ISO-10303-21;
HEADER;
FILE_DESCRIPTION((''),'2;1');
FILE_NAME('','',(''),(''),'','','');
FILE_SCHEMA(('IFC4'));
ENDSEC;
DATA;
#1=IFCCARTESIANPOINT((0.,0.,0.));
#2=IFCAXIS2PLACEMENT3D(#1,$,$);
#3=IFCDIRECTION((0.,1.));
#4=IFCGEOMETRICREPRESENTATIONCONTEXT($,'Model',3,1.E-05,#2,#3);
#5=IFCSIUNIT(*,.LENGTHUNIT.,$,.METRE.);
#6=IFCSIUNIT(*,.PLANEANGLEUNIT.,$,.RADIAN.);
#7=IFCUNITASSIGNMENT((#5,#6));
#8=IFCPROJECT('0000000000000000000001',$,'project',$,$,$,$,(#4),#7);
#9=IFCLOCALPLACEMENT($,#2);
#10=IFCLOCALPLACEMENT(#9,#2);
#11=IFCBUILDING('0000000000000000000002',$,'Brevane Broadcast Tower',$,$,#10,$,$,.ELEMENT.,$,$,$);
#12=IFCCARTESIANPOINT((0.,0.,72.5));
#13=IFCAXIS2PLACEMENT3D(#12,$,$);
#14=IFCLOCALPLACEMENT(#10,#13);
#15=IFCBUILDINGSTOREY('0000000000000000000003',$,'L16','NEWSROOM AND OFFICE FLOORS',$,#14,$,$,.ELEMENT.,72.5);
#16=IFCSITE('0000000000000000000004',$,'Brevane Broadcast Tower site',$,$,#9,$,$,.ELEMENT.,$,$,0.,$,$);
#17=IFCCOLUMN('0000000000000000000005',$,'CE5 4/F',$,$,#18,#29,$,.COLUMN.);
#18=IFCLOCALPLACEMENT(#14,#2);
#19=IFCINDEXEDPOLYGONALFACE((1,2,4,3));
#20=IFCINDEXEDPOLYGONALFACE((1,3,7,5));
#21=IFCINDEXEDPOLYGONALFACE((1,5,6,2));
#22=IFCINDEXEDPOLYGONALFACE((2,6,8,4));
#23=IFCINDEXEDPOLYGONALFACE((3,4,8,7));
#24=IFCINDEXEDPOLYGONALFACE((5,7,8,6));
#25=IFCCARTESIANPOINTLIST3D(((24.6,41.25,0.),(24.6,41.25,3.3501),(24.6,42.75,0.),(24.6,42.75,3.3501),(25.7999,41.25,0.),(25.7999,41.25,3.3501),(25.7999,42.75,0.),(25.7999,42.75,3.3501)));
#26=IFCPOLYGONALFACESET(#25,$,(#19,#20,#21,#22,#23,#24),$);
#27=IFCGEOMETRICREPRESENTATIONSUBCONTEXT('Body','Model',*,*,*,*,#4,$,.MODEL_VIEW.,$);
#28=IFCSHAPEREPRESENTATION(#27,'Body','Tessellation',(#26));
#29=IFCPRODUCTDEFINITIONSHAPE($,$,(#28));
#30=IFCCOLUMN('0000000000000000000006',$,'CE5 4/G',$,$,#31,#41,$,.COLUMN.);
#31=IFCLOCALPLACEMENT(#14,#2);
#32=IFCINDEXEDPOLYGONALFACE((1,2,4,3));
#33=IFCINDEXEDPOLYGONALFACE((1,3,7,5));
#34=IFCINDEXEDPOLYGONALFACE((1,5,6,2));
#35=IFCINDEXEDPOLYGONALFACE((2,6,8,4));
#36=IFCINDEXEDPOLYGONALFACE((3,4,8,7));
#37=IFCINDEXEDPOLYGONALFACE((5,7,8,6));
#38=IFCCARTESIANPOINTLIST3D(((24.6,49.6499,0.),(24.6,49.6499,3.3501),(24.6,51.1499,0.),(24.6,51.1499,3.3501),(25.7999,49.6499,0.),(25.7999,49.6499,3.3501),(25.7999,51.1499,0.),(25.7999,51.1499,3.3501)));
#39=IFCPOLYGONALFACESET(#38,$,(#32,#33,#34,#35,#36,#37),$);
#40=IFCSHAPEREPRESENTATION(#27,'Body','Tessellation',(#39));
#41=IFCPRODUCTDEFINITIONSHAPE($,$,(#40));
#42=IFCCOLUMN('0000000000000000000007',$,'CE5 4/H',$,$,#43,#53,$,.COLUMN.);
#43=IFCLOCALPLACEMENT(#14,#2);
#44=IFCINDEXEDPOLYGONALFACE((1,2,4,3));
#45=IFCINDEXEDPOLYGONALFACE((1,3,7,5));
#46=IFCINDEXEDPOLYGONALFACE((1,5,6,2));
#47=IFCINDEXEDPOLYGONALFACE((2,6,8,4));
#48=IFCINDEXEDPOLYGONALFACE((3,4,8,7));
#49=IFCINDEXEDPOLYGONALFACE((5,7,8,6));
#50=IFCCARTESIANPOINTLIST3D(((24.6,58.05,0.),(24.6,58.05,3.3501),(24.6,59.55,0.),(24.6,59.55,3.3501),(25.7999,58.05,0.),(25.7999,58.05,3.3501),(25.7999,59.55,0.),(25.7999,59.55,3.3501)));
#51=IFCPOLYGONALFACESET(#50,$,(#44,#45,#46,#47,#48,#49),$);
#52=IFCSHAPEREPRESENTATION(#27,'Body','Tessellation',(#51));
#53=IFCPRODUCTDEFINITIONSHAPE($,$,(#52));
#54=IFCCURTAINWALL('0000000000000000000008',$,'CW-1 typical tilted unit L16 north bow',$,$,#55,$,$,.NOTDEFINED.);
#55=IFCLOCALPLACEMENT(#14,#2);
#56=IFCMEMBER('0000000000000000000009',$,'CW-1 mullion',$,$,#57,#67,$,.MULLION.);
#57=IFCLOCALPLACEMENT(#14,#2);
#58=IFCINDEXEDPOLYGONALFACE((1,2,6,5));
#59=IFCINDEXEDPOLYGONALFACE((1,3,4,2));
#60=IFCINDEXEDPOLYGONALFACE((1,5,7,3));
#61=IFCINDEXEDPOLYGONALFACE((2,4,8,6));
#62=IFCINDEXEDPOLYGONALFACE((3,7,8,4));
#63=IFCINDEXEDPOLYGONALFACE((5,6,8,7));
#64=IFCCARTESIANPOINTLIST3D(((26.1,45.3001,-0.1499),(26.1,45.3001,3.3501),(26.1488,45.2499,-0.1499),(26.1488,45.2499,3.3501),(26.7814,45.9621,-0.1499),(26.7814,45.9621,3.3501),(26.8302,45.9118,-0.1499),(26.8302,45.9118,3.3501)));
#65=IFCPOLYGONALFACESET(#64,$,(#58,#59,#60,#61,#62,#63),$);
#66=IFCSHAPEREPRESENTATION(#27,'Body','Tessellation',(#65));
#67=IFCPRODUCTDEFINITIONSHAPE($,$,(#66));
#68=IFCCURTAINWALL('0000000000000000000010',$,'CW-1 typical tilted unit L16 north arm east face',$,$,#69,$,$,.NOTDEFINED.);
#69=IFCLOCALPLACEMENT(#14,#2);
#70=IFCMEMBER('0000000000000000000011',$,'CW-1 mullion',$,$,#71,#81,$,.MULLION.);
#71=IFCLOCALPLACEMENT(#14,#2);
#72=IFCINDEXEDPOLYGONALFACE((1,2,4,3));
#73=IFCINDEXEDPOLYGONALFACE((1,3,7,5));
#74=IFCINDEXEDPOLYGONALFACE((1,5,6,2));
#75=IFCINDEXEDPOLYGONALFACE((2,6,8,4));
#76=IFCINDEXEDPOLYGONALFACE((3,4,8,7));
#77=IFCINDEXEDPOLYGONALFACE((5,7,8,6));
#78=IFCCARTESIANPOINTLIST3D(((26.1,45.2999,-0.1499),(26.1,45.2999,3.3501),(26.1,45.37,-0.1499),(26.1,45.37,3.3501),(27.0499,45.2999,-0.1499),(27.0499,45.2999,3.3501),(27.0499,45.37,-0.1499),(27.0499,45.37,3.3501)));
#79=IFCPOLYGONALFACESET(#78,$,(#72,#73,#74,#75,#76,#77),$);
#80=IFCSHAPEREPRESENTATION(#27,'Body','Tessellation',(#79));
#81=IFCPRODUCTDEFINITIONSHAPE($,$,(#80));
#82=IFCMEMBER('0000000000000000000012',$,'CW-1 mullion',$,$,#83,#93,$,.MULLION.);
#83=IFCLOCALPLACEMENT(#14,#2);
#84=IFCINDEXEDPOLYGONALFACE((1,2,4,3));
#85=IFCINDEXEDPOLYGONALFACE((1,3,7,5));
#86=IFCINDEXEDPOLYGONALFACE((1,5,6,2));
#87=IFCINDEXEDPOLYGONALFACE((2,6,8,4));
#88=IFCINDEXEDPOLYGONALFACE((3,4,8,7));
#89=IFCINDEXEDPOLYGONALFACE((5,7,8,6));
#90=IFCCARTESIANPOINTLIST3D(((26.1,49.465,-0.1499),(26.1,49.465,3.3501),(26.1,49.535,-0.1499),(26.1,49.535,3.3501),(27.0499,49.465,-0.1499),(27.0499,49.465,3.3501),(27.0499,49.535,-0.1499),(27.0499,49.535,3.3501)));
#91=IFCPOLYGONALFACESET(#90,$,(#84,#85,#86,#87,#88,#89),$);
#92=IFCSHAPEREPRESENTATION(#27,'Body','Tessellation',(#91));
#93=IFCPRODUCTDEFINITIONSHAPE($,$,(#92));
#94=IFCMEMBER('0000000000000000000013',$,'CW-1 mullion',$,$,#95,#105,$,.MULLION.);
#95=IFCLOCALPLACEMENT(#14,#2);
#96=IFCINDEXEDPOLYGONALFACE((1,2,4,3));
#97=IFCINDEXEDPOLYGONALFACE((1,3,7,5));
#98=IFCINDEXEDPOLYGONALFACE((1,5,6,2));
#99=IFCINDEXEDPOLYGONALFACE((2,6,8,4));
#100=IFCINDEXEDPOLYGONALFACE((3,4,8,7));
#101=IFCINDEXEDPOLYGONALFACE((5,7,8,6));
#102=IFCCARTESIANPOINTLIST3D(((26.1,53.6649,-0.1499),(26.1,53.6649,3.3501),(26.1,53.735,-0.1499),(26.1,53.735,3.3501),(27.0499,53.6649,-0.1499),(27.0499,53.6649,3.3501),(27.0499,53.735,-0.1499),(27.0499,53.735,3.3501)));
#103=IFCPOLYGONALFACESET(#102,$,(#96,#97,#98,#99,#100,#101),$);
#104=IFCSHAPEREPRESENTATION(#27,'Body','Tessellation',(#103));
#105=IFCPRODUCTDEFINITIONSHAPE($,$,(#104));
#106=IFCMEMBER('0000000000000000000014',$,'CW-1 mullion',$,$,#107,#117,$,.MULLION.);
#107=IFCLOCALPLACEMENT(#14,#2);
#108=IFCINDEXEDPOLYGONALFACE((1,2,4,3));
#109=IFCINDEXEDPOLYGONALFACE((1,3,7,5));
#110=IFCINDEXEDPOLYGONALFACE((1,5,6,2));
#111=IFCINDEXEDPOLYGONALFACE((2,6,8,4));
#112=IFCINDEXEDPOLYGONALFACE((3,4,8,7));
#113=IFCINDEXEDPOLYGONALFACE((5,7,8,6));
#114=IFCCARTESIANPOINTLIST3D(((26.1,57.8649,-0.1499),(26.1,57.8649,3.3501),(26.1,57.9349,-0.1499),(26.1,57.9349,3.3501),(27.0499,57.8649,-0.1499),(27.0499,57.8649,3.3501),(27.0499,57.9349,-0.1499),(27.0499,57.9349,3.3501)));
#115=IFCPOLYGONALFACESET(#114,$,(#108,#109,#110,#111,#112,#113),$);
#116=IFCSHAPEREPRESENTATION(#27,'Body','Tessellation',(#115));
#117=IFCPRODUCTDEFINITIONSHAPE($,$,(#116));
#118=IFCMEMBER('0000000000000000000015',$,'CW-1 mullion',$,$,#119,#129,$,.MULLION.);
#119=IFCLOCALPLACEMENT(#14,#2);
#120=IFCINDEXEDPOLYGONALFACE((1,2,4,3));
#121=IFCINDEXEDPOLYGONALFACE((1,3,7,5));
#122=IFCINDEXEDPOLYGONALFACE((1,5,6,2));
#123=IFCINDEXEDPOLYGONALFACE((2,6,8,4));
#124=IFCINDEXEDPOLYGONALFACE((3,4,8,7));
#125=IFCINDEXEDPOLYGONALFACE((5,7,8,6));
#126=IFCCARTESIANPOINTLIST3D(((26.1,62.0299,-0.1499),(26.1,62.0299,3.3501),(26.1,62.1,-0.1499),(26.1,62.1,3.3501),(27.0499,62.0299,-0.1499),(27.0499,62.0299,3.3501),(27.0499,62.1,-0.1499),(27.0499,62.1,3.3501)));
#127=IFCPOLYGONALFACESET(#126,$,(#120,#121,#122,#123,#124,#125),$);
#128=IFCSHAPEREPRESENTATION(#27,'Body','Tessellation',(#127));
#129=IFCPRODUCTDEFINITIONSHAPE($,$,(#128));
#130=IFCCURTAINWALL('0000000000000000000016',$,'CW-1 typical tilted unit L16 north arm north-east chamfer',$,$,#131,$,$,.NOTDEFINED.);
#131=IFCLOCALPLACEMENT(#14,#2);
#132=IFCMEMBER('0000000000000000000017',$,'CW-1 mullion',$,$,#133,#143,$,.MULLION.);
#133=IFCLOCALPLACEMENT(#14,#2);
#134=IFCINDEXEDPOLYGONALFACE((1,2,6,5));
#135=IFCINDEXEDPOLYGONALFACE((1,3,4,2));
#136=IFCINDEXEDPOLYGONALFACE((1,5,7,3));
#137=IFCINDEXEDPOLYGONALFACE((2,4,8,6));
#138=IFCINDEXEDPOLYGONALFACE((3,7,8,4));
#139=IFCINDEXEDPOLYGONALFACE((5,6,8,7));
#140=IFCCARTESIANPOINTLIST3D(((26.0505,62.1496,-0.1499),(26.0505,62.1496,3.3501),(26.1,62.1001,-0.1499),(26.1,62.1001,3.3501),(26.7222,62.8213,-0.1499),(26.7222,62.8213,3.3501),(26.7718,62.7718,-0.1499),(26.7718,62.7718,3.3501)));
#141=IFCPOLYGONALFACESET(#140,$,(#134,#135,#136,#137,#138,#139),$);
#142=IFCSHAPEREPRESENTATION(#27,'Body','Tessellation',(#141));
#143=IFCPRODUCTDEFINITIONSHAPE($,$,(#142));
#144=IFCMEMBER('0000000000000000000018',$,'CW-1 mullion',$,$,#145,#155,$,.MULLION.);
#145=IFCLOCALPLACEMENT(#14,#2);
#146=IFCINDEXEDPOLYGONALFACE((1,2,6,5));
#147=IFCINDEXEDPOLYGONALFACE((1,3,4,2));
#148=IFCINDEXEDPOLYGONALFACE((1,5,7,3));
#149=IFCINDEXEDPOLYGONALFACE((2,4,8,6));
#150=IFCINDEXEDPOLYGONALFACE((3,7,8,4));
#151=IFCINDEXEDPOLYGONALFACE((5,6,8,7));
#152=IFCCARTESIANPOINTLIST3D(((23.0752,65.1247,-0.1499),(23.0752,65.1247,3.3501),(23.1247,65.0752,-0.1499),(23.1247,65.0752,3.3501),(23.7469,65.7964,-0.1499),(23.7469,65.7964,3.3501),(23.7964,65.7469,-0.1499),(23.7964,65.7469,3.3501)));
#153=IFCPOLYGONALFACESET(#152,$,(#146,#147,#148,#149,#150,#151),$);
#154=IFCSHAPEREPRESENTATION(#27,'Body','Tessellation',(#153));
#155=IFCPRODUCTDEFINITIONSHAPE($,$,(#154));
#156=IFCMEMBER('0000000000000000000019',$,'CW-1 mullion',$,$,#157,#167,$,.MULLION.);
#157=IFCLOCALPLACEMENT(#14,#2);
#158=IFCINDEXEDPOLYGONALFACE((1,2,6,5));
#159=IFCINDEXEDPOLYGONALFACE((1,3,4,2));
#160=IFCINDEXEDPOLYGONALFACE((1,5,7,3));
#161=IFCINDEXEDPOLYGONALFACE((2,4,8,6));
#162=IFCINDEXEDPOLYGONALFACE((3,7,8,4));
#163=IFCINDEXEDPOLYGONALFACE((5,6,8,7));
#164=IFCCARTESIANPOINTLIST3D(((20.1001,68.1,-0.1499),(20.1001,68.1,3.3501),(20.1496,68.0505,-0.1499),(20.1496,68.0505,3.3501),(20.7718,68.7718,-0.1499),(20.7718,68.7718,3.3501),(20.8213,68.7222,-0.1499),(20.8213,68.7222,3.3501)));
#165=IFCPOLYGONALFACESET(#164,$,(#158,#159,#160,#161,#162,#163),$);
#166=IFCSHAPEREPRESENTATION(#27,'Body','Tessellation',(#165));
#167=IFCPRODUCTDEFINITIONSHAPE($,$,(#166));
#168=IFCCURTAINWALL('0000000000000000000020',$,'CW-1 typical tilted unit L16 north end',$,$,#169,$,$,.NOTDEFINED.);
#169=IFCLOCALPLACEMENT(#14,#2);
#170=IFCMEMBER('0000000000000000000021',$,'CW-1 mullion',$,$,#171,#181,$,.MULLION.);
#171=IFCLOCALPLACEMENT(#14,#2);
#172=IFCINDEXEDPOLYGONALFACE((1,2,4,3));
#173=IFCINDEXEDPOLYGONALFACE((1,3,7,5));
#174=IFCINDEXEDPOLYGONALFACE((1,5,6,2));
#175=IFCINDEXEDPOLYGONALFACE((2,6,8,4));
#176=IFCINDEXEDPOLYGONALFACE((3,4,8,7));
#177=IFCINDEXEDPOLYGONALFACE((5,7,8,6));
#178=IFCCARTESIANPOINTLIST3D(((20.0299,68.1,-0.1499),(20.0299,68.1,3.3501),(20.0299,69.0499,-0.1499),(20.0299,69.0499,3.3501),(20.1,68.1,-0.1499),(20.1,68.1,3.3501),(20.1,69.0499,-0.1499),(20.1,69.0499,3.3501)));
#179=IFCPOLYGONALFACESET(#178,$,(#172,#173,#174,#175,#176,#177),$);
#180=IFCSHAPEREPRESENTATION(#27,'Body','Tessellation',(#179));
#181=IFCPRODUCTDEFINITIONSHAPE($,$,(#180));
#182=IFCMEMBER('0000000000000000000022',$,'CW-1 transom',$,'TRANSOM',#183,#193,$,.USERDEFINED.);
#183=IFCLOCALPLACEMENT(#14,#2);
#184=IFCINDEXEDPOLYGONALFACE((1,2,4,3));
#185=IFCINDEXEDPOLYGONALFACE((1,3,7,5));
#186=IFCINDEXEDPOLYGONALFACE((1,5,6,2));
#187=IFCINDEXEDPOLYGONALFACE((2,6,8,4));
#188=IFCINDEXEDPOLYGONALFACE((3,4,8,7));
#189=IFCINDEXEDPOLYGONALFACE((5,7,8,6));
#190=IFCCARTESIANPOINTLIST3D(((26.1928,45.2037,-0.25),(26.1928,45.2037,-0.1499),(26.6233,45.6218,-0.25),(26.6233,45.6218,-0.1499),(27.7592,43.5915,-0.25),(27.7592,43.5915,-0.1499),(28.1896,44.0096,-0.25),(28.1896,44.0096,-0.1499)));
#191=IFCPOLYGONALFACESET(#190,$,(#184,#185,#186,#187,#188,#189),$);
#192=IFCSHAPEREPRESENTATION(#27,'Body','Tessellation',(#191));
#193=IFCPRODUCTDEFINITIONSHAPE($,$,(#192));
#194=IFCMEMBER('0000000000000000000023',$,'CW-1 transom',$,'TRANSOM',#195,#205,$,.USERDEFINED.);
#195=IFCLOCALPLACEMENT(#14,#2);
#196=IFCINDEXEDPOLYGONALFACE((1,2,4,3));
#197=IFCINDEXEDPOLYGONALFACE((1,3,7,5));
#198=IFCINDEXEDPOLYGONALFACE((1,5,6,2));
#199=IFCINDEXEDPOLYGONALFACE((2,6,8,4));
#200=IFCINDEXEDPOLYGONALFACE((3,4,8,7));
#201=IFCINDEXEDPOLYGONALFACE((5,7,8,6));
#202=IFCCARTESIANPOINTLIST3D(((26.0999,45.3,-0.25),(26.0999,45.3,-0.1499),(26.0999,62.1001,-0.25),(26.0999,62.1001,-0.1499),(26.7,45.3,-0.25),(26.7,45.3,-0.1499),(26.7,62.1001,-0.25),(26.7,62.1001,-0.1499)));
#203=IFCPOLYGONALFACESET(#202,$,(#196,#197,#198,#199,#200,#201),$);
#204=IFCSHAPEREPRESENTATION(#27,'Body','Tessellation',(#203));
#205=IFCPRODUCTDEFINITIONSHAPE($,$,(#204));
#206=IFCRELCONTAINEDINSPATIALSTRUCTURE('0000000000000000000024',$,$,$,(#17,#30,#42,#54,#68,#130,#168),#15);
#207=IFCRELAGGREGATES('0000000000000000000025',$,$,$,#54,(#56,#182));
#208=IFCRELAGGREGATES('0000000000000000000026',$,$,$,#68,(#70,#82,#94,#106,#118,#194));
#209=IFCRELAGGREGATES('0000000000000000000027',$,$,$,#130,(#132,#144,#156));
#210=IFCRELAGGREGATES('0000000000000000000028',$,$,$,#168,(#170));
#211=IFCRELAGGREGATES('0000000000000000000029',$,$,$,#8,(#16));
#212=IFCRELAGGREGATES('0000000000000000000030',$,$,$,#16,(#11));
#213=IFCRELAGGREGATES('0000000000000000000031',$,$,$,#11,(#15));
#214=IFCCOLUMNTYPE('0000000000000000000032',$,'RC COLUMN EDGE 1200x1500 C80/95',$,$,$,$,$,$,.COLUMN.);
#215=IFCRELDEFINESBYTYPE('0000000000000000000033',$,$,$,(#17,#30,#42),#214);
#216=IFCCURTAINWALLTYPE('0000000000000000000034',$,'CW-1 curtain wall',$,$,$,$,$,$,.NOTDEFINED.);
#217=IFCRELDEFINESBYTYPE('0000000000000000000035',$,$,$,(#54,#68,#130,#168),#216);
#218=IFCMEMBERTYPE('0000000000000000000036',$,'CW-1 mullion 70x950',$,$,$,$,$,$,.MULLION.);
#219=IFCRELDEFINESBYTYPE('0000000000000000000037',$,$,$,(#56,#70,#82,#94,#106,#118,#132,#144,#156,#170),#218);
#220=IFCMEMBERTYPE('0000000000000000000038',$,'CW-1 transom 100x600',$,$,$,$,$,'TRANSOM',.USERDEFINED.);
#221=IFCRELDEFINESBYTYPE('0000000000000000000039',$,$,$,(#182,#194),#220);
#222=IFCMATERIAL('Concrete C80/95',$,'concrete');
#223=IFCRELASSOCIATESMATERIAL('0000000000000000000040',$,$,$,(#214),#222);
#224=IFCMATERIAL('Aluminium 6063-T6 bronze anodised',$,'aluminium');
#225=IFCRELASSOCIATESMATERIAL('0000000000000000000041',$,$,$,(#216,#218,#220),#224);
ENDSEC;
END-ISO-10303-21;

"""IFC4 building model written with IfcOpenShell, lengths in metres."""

from ifc_helpers import new_model, si_unit, direction, frame, origin, origin_2d, place, context, subcontext, project, spatial, rectangle, extrude, material, material_profile, profile_set, type_object, element, aggregate, save


model = new_model("IFC4")

# Units and contexts
model_context = context("Model", 3, precision=1e-05, world=origin(), true_north=direction((0.0, 1.0)))
body_context = subcontext(model_context, "Body", "Model", "MODEL_VIEW")
ifc_project = project(units=[si_unit("LENGTHUNIT", "METRE"), si_unit("PLANEANGLEUNIT", "RADIAN")], contexts=[model_context])

# Site, building, storey
site_placement = place(None, origin())
site = spatial("IfcSite", under=ifc_project, at=site_placement, Name="Brevane Broadcast Tower site", CompositionType="ELEMENT", RefElevation=0.0)
building_placement = place(site_placement, origin())
building = spatial("IfcBuilding", under=site, at=building_placement, Name="Brevane Broadcast Tower", CompositionType="ELEMENT")
storey_placement = place(building_placement, frame((0.0, 0.0, 72.5)))
storey = spatial("IfcBuildingStorey", under=building, at=storey_placement, Name="L16", Description="NEWSROOM AND OFFICE FLOORS", CompositionType="ELEMENT", Elevation=72.5)

# Columns
ifc_material_1 = material(Name="Concrete C80/95", Category="concrete")
ifc_material_profile_1 = material_profile(ifc_material_1, rectangle(XDim=1.2, YDim=1.5, at=origin_2d()), Name="RC 1200x1500")
ifc_profile_set_1 = profile_set([ifc_material_profile_1], Name="Concrete C80/95")
column_type = type_object("IfcColumnType", Name="RC COLUMN EDGE 1200x1500 C80/95", PredefinedType="COLUMN", material=ifc_profile_set_1)
for number, where, z_axis, x_axis, name in (
    (1, (25.2, 42.0, 0.0), (0.0, 0.0, 1.0), (1.0, 0.0, 0.0), "CE5 4/F"),
    (2, (25.2, 50.3999, 0.0), (0.0, 0.0, 1.0), (1.0, 0.0, 0.0), "CE5 4/G"),
    (3, (25.2, 58.8, 0.0), (0.0, 0.0, 1.0), (1.0, 0.0, 0.0), "CE5 4/H"),
):
    element("IfcColumn", number, at=place(storey_placement, frame(where, z_axis=z_axis, x_axis=x_axis)), inside=storey, type_object=column_type, Name=name, PredefinedType="COLUMN", context=body_context, shape_type="SweptSolid", body=[
        extrude(rectangle(XDim=1.2, YDim=1.5, at=origin_2d()), origin(), (0.0, 0.0, 1.0), 3.3501),
    ])

# Curtain wall, member
ifc_material_2 = material(Name="Aluminium 6063-T6 bronze anodised", Category="aluminium")
curtain_wall_type = type_object("IfcCurtainWallType", Name="CW-1 curtain wall", PredefinedType="NOTDEFINED", material=ifc_material_2)
curtain_wall_1_placement = place(storey_placement, origin())
curtain_wall_1 = element("IfcCurtainWall", 4, at=curtain_wall_1_placement, inside=storey, type_object=curtain_wall_type, Name="CW-1 typical tilted unit L16 north bow", PredefinedType="NOTDEFINED")
ifc_material_profile_2 = material_profile(ifc_material_2, rectangle(XDim=0.95, YDim=0.0701, at=origin_2d()), Name="RECT 70x950")
ifc_profile_set_2 = profile_set([ifc_material_profile_2], Name="Aluminium 6063-T6 bronze anodised")
member_type_1 = type_object("IfcMemberType", Name="CW-1 mullion 70x950", PredefinedType="MULLION", material=ifc_profile_set_2)
member_1_placement = place(storey_placement, frame((26.4651, 45.606, -0.1499), z_axis=(0.0, 0.0, 1.0), x_axis=(-0.717254, -0.696812, 0.0)))
member_1 = element("IfcMember", 5, at=member_1_placement, type_object=member_type_1, Name="CW-1 mullion", PredefinedType="MULLION", context=body_context, shape_type="SweptSolid", body=[
    extrude(rectangle(XDim=0.95, YDim=0.0701, at=origin_2d()), origin(), (0.0, 0.0, 1.0), 3.5),
])

# Curtain walls, members
curtain_wall_2_placement = place(storey_placement, origin())
curtain_wall_2 = element("IfcCurtainWall", 6, at=curtain_wall_2_placement, inside=storey, type_object=curtain_wall_type, Name="CW-1 typical tilted unit L16 north arm east face", PredefinedType="NOTDEFINED")
member_2_placement = place(storey_placement, frame((26.575, 45.335, -0.1499), z_axis=(0.0, 0.0, 1.0), x_axis=(-1.0, 0.0, 0.0)))
member_2 = element("IfcMember", 7, at=member_2_placement, type_object=member_type_1, Name="CW-1 mullion", PredefinedType="MULLION", context=body_context, shape_type="SweptSolid", body=[
    extrude(rectangle(XDim=0.95, YDim=0.0701, at=origin_2d()), origin(), (0.0, 0.0, 1.0), 3.5),
])
member_3_placement = place(storey_placement, frame((26.575, 49.5, -0.1499), z_axis=(0.0, 0.0, 1.0), x_axis=(-1.0, 0.0, 0.0)))
member_3 = element("IfcMember", 8, at=member_3_placement, type_object=member_type_1, Name="CW-1 mullion", PredefinedType="MULLION", context=body_context, shape_type="SweptSolid", body=[
    extrude(rectangle(XDim=0.95, YDim=0.0701, at=origin_2d()), origin(), (0.0, 0.0, 1.0), 3.5),
])
member_4_placement = place(storey_placement, frame((26.575, 53.7, -0.1499), z_axis=(0.0, 0.0, 1.0), x_axis=(-1.0, 0.0, 0.0)))
member_4 = element("IfcMember", 9, at=member_4_placement, type_object=member_type_1, Name="CW-1 mullion", PredefinedType="MULLION", context=body_context, shape_type="SweptSolid", body=[
    extrude(rectangle(XDim=0.95, YDim=0.0701, at=origin_2d()), origin(), (0.0, 0.0, 1.0), 3.5),
])
member_5_placement = place(storey_placement, frame((26.575, 57.8999, -0.1499), z_axis=(0.0, 0.0, 1.0), x_axis=(-1.0, 0.0, 0.0)))
member_5 = element("IfcMember", 10, at=member_5_placement, type_object=member_type_1, Name="CW-1 mullion", PredefinedType="MULLION", context=body_context, shape_type="SweptSolid", body=[
    extrude(rectangle(XDim=0.95, YDim=0.0701, at=origin_2d()), origin(), (0.0, 0.0, 1.0), 3.5),
])
member_6_placement = place(storey_placement, frame((26.575, 62.0649, -0.1499), z_axis=(0.0, 0.0, 1.0), x_axis=(-1.0, 0.0, 0.0)))
member_6 = element("IfcMember", 11, at=member_6_placement, type_object=member_type_1, Name="CW-1 mullion", PredefinedType="MULLION", context=body_context, shape_type="SweptSolid", body=[
    extrude(rectangle(XDim=0.95, YDim=0.0701, at=origin_2d()), origin(), (0.0, 0.0, 1.0), 3.5),
])
curtain_wall_3_placement = place(storey_placement, origin())
curtain_wall_3 = element("IfcCurtainWall", 12, at=curtain_wall_3_placement, inside=storey, type_object=curtain_wall_type, Name="CW-1 typical tilted unit L16 north arm north-east chamfer", PredefinedType="NOTDEFINED")
member_7_placement = place(storey_placement, frame((26.4111, 62.4607, -0.1499), z_axis=(0.0, 0.0, 1.0), x_axis=(-0.707107, -0.707107, 0.0)))
member_7 = element("IfcMember", 13, at=member_7_placement, type_object=member_type_1, Name="CW-1 mullion", PredefinedType="MULLION", context=body_context, shape_type="SweptSolid", body=[
    extrude(rectangle(XDim=0.95, YDim=0.0701, at=origin_2d()), origin(), (0.0, 0.0, 1.0), 3.5),
])
member_8_placement = place(storey_placement, frame((23.4358, 65.4358, -0.1499), z_axis=(0.0, 0.0, 1.0), x_axis=(-0.707107, -0.707107, 0.0)))
member_8 = element("IfcMember", 14, at=member_8_placement, type_object=member_type_1, Name="CW-1 mullion", PredefinedType="MULLION", context=body_context, shape_type="SweptSolid", body=[
    extrude(rectangle(XDim=0.95, YDim=0.0701, at=origin_2d()), origin(), (0.0, 0.0, 1.0), 3.5),
])
member_9_placement = place(storey_placement, frame((20.4607, 68.4111, -0.1499), z_axis=(0.0, 0.0, 1.0), x_axis=(-0.707107, -0.707107, 0.0)))
member_9 = element("IfcMember", 15, at=member_9_placement, type_object=member_type_1, Name="CW-1 mullion", PredefinedType="MULLION", context=body_context, shape_type="SweptSolid", body=[
    extrude(rectangle(XDim=0.95, YDim=0.0701, at=origin_2d()), origin(), (0.0, 0.0, 1.0), 3.5),
])

# Curtain wall, member
curtain_wall_4_placement = place(storey_placement, origin())
curtain_wall_4 = element("IfcCurtainWall", 16, at=curtain_wall_4_placement, inside=storey, type_object=curtain_wall_type, Name="CW-1 typical tilted unit L16 north end", PredefinedType="NOTDEFINED")
member_10_placement = place(storey_placement, frame((20.0649, 68.575, -0.1499), z_axis=(0.0, 0.0, 1.0), x_axis=(0.0, -1.0, 0.0)))
member_10 = element("IfcMember", 17, at=member_10_placement, type_object=member_type_1, Name="CW-1 mullion", PredefinedType="MULLION", context=body_context, shape_type="SweptSolid", body=[
    extrude(rectangle(XDim=0.95, YDim=0.0701, at=origin_2d()), origin(), (0.0, 0.0, 1.0), 3.5),
])

# Members
ifc_material_profile_3 = material_profile(ifc_material_2, rectangle(XDim=0.6001, YDim=0.1001, at=origin_2d()), Name="RECT 100x600")
ifc_profile_set_3 = profile_set([ifc_material_profile_3], Name="Aluminium 6063-T6 bronze anodised")
member_type_2 = type_object("IfcMemberType", Name="CW-1 transom 100x600", ElementType="TRANSOM", PredefinedType="USERDEFINED", material=ifc_profile_set_3)
member_11_placement = place(storey_placement, frame((27.9744, 43.8005, -0.2), z_axis=(-0.696824, 0.717242, 0.0), x_axis=(-0.717242, -0.696824, 0.0)))
member_11 = element("IfcMember", 18, at=member_11_placement, type_object=member_type_2, Name="CW-1 transom", ObjectType="TRANSOM", PredefinedType="USERDEFINED", context=body_context, shape_type="SweptSolid", body=[
    extrude(rectangle(XDim=0.6001, YDim=0.1001, at=origin_2d()), origin(), (0.0, 0.0, 1.0), 2.2478),
])
aggregate(curtain_wall_1, [member_1, member_11])
member_12_placement = place(storey_placement, frame((26.3999, 45.3, -0.2), z_axis=(0.0, 1.0, 0.0), x_axis=(-1.0, 0.0, 0.0)))
member_12 = element("IfcMember", 19, at=member_12_placement, type_object=member_type_2, Name="CW-1 transom", ObjectType="TRANSOM", PredefinedType="USERDEFINED", context=body_context, shape_type="SweptSolid", body=[
    extrude(rectangle(XDim=0.6001, YDim=0.1001, at=origin_2d()), origin(), (0.0, 0.0, 1.0), 16.8),
])
aggregate(curtain_wall_2, [member_2, member_3, member_4, member_5, member_6, member_12])
aggregate(curtain_wall_3, [member_7, member_8, member_9])
aggregate(curtain_wall_4, [member_10])

save(model, "model.ifc")
